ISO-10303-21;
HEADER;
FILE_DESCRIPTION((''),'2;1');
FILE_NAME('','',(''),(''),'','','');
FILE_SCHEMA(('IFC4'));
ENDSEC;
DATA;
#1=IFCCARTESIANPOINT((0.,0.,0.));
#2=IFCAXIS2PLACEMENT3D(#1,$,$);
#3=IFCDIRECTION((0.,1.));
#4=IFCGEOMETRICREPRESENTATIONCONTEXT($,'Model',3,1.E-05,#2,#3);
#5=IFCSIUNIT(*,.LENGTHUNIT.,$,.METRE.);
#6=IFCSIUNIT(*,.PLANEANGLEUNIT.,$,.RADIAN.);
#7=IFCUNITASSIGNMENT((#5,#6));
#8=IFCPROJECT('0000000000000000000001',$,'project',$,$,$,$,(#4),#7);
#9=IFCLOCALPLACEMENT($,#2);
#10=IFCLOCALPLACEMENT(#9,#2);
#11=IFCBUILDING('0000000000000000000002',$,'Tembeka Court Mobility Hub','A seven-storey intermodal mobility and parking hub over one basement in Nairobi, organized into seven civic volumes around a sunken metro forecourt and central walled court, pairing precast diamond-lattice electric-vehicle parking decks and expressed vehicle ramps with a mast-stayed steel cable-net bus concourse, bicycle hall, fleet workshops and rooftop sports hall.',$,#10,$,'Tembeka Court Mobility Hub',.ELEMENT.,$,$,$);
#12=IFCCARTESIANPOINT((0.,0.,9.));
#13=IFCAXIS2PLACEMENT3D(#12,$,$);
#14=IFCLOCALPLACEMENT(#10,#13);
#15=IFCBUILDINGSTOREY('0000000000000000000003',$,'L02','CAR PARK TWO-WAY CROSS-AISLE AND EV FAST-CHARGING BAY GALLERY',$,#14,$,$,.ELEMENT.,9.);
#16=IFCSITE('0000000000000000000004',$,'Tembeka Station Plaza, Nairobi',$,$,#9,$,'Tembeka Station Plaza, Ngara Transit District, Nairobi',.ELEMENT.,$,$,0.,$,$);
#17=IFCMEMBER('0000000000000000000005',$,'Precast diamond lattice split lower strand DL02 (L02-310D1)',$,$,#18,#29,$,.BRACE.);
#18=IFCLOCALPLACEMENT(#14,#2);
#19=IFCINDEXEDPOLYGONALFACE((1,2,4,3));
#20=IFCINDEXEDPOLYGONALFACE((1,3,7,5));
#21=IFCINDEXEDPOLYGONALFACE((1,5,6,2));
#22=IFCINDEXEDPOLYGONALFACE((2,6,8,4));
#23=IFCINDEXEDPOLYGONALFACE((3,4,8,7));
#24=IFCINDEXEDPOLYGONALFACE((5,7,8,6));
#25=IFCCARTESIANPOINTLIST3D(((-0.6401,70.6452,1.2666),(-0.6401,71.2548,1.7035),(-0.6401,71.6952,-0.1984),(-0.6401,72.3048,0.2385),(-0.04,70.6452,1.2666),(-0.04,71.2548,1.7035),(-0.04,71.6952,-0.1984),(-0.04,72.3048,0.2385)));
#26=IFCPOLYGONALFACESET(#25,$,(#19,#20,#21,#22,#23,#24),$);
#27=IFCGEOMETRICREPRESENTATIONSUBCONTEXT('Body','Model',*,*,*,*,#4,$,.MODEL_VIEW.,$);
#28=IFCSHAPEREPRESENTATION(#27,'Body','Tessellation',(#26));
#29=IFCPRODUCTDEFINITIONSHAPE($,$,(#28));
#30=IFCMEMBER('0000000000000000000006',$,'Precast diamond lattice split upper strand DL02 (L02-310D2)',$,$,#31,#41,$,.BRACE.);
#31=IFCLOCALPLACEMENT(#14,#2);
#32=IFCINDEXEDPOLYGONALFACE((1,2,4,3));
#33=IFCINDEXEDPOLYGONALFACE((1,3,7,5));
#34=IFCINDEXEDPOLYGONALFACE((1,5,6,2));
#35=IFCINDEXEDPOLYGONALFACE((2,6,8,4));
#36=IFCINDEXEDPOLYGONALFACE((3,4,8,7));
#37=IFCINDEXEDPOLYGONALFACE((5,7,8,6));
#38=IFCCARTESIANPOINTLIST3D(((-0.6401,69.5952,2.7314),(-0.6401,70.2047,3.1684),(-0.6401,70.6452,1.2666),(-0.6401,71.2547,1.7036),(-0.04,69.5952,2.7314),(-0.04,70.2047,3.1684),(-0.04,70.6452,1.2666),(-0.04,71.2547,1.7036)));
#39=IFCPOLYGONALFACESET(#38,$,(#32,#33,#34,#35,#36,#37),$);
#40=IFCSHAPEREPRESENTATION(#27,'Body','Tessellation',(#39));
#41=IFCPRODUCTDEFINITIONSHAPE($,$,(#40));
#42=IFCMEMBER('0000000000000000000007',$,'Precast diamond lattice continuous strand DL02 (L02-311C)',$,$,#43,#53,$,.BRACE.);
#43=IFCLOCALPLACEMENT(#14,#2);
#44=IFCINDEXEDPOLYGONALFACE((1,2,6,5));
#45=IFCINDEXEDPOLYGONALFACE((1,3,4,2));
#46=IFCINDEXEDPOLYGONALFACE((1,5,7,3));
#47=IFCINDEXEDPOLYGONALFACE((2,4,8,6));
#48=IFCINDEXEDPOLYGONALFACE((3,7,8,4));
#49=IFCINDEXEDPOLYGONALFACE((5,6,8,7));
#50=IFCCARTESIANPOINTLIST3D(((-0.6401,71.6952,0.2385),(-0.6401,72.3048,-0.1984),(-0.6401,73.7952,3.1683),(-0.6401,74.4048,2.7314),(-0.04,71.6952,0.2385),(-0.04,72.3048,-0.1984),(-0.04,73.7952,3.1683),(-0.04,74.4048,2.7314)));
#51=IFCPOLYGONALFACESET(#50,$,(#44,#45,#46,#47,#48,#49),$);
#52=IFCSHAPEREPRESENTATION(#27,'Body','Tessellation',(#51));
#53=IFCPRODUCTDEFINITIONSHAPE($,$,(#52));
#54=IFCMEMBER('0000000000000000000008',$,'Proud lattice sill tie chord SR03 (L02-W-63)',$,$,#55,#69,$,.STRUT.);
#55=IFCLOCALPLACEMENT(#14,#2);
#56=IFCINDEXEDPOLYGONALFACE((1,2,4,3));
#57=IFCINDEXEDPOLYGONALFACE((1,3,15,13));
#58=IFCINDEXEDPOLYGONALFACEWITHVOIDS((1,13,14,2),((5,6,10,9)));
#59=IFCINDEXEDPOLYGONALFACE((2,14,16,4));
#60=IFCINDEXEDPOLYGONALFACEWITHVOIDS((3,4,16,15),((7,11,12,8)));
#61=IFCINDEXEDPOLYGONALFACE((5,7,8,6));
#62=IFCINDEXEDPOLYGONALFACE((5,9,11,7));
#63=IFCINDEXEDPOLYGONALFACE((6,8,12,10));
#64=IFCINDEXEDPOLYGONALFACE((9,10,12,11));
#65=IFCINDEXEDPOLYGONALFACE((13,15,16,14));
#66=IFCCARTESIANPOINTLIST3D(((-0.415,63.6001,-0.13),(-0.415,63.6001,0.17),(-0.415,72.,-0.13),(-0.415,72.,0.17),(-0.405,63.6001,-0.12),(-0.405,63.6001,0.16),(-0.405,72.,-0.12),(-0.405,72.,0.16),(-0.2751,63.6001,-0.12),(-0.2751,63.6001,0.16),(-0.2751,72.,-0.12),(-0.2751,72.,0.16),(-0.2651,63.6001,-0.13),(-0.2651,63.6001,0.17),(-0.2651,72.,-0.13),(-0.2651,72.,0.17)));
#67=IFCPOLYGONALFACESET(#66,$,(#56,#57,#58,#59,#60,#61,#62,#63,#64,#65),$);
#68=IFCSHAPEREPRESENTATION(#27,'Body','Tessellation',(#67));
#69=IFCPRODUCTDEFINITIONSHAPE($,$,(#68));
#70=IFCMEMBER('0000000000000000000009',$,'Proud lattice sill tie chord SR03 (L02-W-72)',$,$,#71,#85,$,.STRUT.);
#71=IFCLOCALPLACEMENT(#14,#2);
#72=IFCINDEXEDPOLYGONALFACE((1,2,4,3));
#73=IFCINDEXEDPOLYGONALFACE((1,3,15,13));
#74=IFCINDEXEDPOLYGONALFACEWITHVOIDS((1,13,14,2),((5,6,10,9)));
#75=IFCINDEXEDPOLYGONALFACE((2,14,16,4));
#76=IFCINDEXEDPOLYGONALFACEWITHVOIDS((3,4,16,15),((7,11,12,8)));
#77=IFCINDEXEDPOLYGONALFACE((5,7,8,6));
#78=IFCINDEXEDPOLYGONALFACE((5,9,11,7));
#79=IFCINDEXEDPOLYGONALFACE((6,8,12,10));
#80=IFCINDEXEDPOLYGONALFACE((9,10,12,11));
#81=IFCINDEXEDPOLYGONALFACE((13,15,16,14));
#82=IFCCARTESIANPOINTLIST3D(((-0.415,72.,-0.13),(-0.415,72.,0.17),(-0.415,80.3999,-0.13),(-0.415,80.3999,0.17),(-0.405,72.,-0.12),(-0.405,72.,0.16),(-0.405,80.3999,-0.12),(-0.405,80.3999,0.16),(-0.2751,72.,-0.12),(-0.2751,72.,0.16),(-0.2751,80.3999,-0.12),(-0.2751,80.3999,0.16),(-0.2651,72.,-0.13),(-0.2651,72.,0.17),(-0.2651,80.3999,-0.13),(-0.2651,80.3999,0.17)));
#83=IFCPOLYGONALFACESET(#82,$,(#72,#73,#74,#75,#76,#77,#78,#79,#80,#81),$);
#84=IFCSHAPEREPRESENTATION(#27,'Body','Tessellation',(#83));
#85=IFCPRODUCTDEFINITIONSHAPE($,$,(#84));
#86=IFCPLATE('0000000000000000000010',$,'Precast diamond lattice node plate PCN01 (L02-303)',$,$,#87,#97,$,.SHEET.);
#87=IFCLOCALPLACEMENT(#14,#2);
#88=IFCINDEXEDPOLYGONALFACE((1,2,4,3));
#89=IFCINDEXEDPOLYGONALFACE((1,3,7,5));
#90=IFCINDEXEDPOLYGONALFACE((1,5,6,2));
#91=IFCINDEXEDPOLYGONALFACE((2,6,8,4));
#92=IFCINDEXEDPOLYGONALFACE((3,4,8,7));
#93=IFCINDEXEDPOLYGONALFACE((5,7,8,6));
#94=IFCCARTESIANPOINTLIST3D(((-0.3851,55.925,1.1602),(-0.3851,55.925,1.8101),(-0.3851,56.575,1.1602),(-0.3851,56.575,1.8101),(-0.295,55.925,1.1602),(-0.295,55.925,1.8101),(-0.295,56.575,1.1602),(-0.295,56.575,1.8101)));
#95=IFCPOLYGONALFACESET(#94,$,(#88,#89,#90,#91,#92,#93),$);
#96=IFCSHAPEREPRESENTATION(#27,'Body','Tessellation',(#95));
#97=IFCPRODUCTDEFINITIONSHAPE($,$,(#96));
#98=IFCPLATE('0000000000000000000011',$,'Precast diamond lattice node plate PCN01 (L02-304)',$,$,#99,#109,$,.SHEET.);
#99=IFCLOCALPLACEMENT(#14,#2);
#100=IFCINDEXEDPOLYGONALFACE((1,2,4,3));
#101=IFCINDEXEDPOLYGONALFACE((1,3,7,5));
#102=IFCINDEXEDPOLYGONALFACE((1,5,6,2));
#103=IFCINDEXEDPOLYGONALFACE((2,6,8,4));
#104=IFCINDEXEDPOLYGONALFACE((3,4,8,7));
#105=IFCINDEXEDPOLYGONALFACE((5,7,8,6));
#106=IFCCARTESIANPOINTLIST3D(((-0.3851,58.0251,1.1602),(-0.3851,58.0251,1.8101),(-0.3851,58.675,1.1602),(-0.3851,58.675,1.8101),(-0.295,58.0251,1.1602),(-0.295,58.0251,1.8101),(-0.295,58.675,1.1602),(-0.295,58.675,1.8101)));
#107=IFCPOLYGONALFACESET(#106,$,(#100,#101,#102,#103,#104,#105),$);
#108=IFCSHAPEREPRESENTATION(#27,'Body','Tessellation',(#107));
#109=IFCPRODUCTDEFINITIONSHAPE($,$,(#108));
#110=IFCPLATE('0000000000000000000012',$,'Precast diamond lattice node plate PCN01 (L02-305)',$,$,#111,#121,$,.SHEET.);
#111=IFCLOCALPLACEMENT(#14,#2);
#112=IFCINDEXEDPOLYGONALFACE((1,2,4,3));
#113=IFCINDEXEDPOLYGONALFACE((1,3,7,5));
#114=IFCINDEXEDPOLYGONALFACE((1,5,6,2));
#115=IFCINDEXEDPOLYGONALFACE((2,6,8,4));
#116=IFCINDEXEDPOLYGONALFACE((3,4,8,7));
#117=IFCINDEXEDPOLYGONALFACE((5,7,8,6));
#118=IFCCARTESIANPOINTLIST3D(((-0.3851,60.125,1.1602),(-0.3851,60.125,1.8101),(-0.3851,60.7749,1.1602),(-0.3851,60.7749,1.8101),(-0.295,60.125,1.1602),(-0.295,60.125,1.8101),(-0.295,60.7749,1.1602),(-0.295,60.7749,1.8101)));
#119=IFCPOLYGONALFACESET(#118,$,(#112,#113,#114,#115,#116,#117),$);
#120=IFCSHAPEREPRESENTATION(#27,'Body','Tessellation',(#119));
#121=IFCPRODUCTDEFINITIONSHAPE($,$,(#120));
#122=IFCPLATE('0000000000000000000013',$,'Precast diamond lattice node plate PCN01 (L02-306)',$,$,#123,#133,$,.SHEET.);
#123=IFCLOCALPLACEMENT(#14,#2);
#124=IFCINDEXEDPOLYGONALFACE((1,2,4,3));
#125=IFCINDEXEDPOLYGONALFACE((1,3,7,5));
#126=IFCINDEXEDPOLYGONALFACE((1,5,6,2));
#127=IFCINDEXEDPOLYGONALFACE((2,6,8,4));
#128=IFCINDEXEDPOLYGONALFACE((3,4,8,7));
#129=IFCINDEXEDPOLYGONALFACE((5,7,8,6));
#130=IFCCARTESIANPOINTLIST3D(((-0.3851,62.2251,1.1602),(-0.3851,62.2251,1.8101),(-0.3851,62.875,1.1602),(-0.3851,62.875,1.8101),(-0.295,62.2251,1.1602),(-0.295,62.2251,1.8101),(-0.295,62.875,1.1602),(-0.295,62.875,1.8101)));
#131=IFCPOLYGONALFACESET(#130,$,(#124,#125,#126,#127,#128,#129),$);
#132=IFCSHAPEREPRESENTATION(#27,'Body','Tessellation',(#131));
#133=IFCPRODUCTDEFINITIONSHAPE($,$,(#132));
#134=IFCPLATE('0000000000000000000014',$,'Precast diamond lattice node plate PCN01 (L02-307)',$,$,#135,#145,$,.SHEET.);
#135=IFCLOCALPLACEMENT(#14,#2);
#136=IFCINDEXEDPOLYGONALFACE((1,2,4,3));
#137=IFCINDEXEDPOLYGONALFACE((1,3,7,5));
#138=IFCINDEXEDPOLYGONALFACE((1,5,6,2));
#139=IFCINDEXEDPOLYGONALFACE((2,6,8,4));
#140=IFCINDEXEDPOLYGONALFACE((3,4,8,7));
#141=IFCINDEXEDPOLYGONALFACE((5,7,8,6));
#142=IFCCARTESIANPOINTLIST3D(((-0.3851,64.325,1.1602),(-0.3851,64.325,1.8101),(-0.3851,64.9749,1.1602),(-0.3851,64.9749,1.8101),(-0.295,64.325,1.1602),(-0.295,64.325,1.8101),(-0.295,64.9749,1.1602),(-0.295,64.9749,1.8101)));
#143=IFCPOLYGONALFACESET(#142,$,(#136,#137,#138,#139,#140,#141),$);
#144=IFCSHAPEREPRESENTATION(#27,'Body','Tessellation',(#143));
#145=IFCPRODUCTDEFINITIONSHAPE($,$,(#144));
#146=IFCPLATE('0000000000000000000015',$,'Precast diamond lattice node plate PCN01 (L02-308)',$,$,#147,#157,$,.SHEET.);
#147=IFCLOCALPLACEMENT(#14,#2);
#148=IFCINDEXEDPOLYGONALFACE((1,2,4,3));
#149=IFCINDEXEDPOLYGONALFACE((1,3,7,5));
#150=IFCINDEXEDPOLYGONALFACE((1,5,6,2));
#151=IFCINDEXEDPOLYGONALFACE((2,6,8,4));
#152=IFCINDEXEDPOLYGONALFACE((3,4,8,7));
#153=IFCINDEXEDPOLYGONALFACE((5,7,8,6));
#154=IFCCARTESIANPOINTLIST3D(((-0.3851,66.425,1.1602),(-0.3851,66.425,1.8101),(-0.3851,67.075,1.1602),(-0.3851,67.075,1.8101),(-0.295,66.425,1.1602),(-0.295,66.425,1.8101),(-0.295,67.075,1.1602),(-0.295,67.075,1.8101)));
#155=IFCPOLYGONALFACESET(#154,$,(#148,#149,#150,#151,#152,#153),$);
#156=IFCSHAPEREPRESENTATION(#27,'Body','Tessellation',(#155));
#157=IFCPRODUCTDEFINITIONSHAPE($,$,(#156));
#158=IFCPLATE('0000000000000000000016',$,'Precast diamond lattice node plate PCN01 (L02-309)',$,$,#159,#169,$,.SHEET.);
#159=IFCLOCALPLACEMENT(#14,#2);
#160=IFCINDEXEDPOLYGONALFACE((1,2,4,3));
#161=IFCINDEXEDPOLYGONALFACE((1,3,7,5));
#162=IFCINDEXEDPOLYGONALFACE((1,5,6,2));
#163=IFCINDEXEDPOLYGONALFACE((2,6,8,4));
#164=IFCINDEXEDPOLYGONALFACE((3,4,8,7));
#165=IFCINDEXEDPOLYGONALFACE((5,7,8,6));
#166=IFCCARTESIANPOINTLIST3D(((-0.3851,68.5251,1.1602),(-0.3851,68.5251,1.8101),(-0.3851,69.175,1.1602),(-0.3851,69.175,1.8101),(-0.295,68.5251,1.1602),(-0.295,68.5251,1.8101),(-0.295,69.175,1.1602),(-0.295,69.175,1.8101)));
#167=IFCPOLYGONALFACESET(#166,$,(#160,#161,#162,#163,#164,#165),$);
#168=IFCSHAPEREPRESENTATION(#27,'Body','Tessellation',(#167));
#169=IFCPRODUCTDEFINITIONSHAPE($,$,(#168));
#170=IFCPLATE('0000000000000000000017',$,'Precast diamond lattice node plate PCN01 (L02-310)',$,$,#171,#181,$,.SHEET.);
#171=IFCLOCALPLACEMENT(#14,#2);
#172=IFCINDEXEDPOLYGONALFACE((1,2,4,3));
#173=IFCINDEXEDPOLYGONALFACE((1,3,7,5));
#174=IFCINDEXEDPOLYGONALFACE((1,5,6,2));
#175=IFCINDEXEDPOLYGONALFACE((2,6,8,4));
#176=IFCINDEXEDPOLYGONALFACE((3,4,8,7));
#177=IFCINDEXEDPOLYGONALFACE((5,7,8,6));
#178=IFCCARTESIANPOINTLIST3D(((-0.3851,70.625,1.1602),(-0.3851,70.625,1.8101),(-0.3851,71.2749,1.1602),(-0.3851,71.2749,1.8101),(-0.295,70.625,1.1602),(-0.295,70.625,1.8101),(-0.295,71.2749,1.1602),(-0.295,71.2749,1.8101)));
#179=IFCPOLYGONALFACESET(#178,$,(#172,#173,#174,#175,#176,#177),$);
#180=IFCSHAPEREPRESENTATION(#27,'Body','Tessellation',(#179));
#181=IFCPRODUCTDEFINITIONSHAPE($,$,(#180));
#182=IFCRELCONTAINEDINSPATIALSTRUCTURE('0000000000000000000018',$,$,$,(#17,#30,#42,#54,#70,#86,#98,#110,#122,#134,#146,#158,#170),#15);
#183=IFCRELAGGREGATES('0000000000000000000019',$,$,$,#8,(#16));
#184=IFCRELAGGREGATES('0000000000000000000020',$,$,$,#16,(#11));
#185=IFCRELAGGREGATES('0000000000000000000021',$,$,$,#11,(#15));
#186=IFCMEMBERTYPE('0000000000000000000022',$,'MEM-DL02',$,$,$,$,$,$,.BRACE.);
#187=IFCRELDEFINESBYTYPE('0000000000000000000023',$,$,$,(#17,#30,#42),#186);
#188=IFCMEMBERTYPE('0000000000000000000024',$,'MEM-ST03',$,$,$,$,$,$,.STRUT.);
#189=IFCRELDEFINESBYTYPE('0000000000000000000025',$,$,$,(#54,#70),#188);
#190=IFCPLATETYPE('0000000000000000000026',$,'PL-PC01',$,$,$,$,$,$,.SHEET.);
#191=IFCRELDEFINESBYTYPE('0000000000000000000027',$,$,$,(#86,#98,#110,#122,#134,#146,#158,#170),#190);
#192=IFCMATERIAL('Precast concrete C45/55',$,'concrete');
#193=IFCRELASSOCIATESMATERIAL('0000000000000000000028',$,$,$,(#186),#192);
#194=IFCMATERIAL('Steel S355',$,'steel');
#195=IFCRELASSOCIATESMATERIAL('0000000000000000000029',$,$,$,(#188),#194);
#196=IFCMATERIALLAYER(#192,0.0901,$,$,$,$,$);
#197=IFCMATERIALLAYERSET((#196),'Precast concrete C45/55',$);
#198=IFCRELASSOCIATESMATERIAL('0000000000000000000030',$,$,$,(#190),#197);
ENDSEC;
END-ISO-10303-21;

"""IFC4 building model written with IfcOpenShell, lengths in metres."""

from ifc_helpers import new_model, si_unit, direction, frame, origin, origin_2d, place, context, subcontext, project, spatial, rectangle, hollow_rectangle, extrude, material, layer, layer_set, material_profile, profile_set, type_object, element, save


model = new_model("IFC4")

# Units and contexts
model_context = context("Model", 3, precision=1e-05, world=origin(), true_north=direction((0.0, 1.0)))
body_context = subcontext(model_context, "Body", "Model", "MODEL_VIEW")
ifc_project = project(units=[si_unit("LENGTHUNIT", "METRE"), si_unit("PLANEANGLEUNIT", "RADIAN")], contexts=[model_context])

# Site, building, storey
site_placement = place(None, origin())
site = spatial("IfcSite", under=ifc_project, at=site_placement, Name="Tembeka Station Plaza, Nairobi", LongName="Tembeka Station Plaza, Ngara Transit District, Nairobi", CompositionType="ELEMENT", RefElevation=0.0)
building_placement = place(site_placement, origin())
building = spatial("IfcBuilding", under=site, at=building_placement, Name="Tembeka Court Mobility Hub", Description="A seven-storey intermodal mobility and parking hub over one basement in Nairobi, organized into seven civic volumes around a sunken metro forecourt and central walled court, pairing precast diamond-lattice electric-vehicle parking decks and expressed vehicle ramps with a mast-stayed steel cable-net bus concourse, bicycle hall, fleet workshops and rooftop sports hall.", LongName="Tembeka Court Mobility Hub", CompositionType="ELEMENT")
storey_placement = place(building_placement, frame((0.0, 0.0, 9.0)))
storey = spatial("IfcBuildingStorey", under=building, at=storey_placement, Name="L02", Description="CAR PARK TWO-WAY CROSS-AISLE AND EV FAST-CHARGING BAY GALLERY", CompositionType="ELEMENT", Elevation=9.0)

# Shared definitions
ifc_material_1 = material(Name="Steel S355", Category="steel")

# Shared definitions
ifc_material_2 = material(Name="Precast concrete C45/55", Category="concrete")

# Members
ifc_material_profile_1 = material_profile(ifc_material_2, rectangle(XDim=0.6001, YDim=0.75, at=origin_2d()), Name="PC-DIAG 600x750")
ifc_profile_set_1 = profile_set([ifc_material_profile_1], Name="Precast concrete C45/55")
member_type_1 = type_object("IfcMemberType", Name="MEM-DL02", PredefinedType="BRACE", material=ifc_profile_set_1)
member_1_placement = place(storey_placement, frame((-0.3401, 72.0, 0.02), z_axis=(0.0, -0.582544, 0.812799), x_axis=(1.0, 0.0, 0.0)))
element("IfcMember", 1, at=member_1_placement, inside=storey, type_object=member_type_1, Name="Precast diamond lattice split lower strand DL02 (L02-310D1)", PredefinedType="BRACE", context=body_context, shape_type="SweptSolid", body=[
    extrude(rectangle(XDim=0.6001, YDim=0.75, at=origin_2d()), origin(), (0.0, 0.0, 1.0), 1.8025),
])
member_2_placement = place(storey_placement, frame((-0.3401, 70.95, 1.4851), z_axis=(0.0, -0.582608, 0.812753), x_axis=(1.0, 0.0, 0.0)))
element("IfcMember", 2, at=member_2_placement, inside=storey, type_object=member_type_1, Name="Precast diamond lattice split upper strand DL02 (L02-310D2)", PredefinedType="BRACE", context=body_context, shape_type="SweptSolid", body=[
    extrude(rectangle(XDim=0.6001, YDim=0.75, at=origin_2d()), origin(), (0.0, 0.0, 1.0), 1.8022),
])
member_3_placement = place(storey_placement, frame((-0.3401, 72.0, 0.02), z_axis=(0.0, 0.582576, 0.812776), x_axis=(-1.0, 0.0, 0.0)))
element("IfcMember", 3, at=member_3_placement, inside=storey, type_object=member_type_1, Name="Precast diamond lattice continuous strand DL02 (L02-311C)", PredefinedType="BRACE", context=body_context, shape_type="SweptSolid", body=[
    extrude(rectangle(XDim=0.6001, YDim=0.75, at=origin_2d()), origin(), (0.0, 0.0, 1.0), 3.6047),
])
ifc_material_profile_2 = material_profile(ifc_material_1, hollow_rectangle(XDim=0.1499, YDim=0.3, WallThickness=0.01, at=origin_2d()), Name="RHS 300x150x10")
ifc_profile_set_2 = profile_set([ifc_material_profile_2], Name="Steel S355")
member_type_2 = type_object("IfcMemberType", Name="MEM-ST03", PredefinedType="STRUT", material=ifc_profile_set_2)
for number, where, z_axis, x_axis, name in (
    (4, (-0.3401, 63.6001, 0.02), (0.0, 1.0, 0.0), (-1.0, 0.0, 0.0), "Proud lattice sill tie chord SR03 (L02-W-63)"),
    (5, (-0.3401, 72.0, 0.02), (0.0, 1.0, 0.0), (-1.0, 0.0, 0.0), "Proud lattice sill tie chord SR03 (L02-W-72)"),
):
    element("IfcMember", number, at=place(storey_placement, frame(where, z_axis=z_axis, x_axis=x_axis)), inside=storey, type_object=member_type_2, Name=name, PredefinedType="STRUT", context=body_context, shape_type="SweptSolid", body=[
        extrude(hollow_rectangle(XDim=0.1499, YDim=0.3, WallThickness=0.01, at=origin_2d()), origin(), (0.0, 0.0, 1.0), 8.3999),
    ])

# Plates
ifc_layer = layer(ifc_material_2, 0.0901)
ifc_layer_set = layer_set([ifc_layer], Name="Precast concrete C45/55")
plate_type = type_object("IfcPlateType", Name="PL-PC01", PredefinedType="SHEET", material=ifc_layer_set)
for number, where, z_axis, x_axis, name in (
    (6, (-0.3401, 56.25, 1.1602), (0.0, 0.0, 1.0), (1.0, 0.0, 0.0), "Precast diamond lattice node plate PCN01 (L02-303)"),
    (7, (-0.3401, 58.3501, 1.1602), (0.0, 0.0, 1.0), (1.0, 0.0, 0.0), "Precast diamond lattice node plate PCN01 (L02-304)"),
    (8, (-0.3401, 60.45, 1.1602), (0.0, 0.0, 1.0), (1.0, 0.0, 0.0), "Precast diamond lattice node plate PCN01 (L02-305)"),
    (9, (-0.3401, 62.55, 1.1602), (0.0, 0.0, 1.0), (1.0, 0.0, 0.0), "Precast diamond lattice node plate PCN01 (L02-306)"),
    (10, (-0.3401, 64.6499, 1.1602), (0.0, 0.0, 1.0), (1.0, 0.0, 0.0), "Precast diamond lattice node plate PCN01 (L02-307)"),
    (11, (-0.3401, 66.75, 1.1602), (0.0, 0.0, 1.0), (1.0, 0.0, 0.0), "Precast diamond lattice node plate PCN01 (L02-308)"),
    (12, (-0.3401, 68.8501, 1.1602), (0.0, 0.0, 1.0), (1.0, 0.0, 0.0), "Precast diamond lattice node plate PCN01 (L02-309)"),
    (13, (-0.3401, 70.95, 1.1602), (0.0, 0.0, 1.0), (1.0, 0.0, 0.0), "Precast diamond lattice node plate PCN01 (L02-310)"),
):
    element("IfcPlate", number, at=place(storey_placement, frame(where, z_axis=z_axis, x_axis=x_axis)), inside=storey, type_object=plate_type, Name=name, PredefinedType="SHEET", context=body_context, shape_type="SweptSolid", body=[
        extrude(rectangle(XDim=0.0901, YDim=0.6499, at=origin_2d()), origin(), (0.0, 0.0, 1.0), 0.6499),
    ])

save(model, "model.ifc")
